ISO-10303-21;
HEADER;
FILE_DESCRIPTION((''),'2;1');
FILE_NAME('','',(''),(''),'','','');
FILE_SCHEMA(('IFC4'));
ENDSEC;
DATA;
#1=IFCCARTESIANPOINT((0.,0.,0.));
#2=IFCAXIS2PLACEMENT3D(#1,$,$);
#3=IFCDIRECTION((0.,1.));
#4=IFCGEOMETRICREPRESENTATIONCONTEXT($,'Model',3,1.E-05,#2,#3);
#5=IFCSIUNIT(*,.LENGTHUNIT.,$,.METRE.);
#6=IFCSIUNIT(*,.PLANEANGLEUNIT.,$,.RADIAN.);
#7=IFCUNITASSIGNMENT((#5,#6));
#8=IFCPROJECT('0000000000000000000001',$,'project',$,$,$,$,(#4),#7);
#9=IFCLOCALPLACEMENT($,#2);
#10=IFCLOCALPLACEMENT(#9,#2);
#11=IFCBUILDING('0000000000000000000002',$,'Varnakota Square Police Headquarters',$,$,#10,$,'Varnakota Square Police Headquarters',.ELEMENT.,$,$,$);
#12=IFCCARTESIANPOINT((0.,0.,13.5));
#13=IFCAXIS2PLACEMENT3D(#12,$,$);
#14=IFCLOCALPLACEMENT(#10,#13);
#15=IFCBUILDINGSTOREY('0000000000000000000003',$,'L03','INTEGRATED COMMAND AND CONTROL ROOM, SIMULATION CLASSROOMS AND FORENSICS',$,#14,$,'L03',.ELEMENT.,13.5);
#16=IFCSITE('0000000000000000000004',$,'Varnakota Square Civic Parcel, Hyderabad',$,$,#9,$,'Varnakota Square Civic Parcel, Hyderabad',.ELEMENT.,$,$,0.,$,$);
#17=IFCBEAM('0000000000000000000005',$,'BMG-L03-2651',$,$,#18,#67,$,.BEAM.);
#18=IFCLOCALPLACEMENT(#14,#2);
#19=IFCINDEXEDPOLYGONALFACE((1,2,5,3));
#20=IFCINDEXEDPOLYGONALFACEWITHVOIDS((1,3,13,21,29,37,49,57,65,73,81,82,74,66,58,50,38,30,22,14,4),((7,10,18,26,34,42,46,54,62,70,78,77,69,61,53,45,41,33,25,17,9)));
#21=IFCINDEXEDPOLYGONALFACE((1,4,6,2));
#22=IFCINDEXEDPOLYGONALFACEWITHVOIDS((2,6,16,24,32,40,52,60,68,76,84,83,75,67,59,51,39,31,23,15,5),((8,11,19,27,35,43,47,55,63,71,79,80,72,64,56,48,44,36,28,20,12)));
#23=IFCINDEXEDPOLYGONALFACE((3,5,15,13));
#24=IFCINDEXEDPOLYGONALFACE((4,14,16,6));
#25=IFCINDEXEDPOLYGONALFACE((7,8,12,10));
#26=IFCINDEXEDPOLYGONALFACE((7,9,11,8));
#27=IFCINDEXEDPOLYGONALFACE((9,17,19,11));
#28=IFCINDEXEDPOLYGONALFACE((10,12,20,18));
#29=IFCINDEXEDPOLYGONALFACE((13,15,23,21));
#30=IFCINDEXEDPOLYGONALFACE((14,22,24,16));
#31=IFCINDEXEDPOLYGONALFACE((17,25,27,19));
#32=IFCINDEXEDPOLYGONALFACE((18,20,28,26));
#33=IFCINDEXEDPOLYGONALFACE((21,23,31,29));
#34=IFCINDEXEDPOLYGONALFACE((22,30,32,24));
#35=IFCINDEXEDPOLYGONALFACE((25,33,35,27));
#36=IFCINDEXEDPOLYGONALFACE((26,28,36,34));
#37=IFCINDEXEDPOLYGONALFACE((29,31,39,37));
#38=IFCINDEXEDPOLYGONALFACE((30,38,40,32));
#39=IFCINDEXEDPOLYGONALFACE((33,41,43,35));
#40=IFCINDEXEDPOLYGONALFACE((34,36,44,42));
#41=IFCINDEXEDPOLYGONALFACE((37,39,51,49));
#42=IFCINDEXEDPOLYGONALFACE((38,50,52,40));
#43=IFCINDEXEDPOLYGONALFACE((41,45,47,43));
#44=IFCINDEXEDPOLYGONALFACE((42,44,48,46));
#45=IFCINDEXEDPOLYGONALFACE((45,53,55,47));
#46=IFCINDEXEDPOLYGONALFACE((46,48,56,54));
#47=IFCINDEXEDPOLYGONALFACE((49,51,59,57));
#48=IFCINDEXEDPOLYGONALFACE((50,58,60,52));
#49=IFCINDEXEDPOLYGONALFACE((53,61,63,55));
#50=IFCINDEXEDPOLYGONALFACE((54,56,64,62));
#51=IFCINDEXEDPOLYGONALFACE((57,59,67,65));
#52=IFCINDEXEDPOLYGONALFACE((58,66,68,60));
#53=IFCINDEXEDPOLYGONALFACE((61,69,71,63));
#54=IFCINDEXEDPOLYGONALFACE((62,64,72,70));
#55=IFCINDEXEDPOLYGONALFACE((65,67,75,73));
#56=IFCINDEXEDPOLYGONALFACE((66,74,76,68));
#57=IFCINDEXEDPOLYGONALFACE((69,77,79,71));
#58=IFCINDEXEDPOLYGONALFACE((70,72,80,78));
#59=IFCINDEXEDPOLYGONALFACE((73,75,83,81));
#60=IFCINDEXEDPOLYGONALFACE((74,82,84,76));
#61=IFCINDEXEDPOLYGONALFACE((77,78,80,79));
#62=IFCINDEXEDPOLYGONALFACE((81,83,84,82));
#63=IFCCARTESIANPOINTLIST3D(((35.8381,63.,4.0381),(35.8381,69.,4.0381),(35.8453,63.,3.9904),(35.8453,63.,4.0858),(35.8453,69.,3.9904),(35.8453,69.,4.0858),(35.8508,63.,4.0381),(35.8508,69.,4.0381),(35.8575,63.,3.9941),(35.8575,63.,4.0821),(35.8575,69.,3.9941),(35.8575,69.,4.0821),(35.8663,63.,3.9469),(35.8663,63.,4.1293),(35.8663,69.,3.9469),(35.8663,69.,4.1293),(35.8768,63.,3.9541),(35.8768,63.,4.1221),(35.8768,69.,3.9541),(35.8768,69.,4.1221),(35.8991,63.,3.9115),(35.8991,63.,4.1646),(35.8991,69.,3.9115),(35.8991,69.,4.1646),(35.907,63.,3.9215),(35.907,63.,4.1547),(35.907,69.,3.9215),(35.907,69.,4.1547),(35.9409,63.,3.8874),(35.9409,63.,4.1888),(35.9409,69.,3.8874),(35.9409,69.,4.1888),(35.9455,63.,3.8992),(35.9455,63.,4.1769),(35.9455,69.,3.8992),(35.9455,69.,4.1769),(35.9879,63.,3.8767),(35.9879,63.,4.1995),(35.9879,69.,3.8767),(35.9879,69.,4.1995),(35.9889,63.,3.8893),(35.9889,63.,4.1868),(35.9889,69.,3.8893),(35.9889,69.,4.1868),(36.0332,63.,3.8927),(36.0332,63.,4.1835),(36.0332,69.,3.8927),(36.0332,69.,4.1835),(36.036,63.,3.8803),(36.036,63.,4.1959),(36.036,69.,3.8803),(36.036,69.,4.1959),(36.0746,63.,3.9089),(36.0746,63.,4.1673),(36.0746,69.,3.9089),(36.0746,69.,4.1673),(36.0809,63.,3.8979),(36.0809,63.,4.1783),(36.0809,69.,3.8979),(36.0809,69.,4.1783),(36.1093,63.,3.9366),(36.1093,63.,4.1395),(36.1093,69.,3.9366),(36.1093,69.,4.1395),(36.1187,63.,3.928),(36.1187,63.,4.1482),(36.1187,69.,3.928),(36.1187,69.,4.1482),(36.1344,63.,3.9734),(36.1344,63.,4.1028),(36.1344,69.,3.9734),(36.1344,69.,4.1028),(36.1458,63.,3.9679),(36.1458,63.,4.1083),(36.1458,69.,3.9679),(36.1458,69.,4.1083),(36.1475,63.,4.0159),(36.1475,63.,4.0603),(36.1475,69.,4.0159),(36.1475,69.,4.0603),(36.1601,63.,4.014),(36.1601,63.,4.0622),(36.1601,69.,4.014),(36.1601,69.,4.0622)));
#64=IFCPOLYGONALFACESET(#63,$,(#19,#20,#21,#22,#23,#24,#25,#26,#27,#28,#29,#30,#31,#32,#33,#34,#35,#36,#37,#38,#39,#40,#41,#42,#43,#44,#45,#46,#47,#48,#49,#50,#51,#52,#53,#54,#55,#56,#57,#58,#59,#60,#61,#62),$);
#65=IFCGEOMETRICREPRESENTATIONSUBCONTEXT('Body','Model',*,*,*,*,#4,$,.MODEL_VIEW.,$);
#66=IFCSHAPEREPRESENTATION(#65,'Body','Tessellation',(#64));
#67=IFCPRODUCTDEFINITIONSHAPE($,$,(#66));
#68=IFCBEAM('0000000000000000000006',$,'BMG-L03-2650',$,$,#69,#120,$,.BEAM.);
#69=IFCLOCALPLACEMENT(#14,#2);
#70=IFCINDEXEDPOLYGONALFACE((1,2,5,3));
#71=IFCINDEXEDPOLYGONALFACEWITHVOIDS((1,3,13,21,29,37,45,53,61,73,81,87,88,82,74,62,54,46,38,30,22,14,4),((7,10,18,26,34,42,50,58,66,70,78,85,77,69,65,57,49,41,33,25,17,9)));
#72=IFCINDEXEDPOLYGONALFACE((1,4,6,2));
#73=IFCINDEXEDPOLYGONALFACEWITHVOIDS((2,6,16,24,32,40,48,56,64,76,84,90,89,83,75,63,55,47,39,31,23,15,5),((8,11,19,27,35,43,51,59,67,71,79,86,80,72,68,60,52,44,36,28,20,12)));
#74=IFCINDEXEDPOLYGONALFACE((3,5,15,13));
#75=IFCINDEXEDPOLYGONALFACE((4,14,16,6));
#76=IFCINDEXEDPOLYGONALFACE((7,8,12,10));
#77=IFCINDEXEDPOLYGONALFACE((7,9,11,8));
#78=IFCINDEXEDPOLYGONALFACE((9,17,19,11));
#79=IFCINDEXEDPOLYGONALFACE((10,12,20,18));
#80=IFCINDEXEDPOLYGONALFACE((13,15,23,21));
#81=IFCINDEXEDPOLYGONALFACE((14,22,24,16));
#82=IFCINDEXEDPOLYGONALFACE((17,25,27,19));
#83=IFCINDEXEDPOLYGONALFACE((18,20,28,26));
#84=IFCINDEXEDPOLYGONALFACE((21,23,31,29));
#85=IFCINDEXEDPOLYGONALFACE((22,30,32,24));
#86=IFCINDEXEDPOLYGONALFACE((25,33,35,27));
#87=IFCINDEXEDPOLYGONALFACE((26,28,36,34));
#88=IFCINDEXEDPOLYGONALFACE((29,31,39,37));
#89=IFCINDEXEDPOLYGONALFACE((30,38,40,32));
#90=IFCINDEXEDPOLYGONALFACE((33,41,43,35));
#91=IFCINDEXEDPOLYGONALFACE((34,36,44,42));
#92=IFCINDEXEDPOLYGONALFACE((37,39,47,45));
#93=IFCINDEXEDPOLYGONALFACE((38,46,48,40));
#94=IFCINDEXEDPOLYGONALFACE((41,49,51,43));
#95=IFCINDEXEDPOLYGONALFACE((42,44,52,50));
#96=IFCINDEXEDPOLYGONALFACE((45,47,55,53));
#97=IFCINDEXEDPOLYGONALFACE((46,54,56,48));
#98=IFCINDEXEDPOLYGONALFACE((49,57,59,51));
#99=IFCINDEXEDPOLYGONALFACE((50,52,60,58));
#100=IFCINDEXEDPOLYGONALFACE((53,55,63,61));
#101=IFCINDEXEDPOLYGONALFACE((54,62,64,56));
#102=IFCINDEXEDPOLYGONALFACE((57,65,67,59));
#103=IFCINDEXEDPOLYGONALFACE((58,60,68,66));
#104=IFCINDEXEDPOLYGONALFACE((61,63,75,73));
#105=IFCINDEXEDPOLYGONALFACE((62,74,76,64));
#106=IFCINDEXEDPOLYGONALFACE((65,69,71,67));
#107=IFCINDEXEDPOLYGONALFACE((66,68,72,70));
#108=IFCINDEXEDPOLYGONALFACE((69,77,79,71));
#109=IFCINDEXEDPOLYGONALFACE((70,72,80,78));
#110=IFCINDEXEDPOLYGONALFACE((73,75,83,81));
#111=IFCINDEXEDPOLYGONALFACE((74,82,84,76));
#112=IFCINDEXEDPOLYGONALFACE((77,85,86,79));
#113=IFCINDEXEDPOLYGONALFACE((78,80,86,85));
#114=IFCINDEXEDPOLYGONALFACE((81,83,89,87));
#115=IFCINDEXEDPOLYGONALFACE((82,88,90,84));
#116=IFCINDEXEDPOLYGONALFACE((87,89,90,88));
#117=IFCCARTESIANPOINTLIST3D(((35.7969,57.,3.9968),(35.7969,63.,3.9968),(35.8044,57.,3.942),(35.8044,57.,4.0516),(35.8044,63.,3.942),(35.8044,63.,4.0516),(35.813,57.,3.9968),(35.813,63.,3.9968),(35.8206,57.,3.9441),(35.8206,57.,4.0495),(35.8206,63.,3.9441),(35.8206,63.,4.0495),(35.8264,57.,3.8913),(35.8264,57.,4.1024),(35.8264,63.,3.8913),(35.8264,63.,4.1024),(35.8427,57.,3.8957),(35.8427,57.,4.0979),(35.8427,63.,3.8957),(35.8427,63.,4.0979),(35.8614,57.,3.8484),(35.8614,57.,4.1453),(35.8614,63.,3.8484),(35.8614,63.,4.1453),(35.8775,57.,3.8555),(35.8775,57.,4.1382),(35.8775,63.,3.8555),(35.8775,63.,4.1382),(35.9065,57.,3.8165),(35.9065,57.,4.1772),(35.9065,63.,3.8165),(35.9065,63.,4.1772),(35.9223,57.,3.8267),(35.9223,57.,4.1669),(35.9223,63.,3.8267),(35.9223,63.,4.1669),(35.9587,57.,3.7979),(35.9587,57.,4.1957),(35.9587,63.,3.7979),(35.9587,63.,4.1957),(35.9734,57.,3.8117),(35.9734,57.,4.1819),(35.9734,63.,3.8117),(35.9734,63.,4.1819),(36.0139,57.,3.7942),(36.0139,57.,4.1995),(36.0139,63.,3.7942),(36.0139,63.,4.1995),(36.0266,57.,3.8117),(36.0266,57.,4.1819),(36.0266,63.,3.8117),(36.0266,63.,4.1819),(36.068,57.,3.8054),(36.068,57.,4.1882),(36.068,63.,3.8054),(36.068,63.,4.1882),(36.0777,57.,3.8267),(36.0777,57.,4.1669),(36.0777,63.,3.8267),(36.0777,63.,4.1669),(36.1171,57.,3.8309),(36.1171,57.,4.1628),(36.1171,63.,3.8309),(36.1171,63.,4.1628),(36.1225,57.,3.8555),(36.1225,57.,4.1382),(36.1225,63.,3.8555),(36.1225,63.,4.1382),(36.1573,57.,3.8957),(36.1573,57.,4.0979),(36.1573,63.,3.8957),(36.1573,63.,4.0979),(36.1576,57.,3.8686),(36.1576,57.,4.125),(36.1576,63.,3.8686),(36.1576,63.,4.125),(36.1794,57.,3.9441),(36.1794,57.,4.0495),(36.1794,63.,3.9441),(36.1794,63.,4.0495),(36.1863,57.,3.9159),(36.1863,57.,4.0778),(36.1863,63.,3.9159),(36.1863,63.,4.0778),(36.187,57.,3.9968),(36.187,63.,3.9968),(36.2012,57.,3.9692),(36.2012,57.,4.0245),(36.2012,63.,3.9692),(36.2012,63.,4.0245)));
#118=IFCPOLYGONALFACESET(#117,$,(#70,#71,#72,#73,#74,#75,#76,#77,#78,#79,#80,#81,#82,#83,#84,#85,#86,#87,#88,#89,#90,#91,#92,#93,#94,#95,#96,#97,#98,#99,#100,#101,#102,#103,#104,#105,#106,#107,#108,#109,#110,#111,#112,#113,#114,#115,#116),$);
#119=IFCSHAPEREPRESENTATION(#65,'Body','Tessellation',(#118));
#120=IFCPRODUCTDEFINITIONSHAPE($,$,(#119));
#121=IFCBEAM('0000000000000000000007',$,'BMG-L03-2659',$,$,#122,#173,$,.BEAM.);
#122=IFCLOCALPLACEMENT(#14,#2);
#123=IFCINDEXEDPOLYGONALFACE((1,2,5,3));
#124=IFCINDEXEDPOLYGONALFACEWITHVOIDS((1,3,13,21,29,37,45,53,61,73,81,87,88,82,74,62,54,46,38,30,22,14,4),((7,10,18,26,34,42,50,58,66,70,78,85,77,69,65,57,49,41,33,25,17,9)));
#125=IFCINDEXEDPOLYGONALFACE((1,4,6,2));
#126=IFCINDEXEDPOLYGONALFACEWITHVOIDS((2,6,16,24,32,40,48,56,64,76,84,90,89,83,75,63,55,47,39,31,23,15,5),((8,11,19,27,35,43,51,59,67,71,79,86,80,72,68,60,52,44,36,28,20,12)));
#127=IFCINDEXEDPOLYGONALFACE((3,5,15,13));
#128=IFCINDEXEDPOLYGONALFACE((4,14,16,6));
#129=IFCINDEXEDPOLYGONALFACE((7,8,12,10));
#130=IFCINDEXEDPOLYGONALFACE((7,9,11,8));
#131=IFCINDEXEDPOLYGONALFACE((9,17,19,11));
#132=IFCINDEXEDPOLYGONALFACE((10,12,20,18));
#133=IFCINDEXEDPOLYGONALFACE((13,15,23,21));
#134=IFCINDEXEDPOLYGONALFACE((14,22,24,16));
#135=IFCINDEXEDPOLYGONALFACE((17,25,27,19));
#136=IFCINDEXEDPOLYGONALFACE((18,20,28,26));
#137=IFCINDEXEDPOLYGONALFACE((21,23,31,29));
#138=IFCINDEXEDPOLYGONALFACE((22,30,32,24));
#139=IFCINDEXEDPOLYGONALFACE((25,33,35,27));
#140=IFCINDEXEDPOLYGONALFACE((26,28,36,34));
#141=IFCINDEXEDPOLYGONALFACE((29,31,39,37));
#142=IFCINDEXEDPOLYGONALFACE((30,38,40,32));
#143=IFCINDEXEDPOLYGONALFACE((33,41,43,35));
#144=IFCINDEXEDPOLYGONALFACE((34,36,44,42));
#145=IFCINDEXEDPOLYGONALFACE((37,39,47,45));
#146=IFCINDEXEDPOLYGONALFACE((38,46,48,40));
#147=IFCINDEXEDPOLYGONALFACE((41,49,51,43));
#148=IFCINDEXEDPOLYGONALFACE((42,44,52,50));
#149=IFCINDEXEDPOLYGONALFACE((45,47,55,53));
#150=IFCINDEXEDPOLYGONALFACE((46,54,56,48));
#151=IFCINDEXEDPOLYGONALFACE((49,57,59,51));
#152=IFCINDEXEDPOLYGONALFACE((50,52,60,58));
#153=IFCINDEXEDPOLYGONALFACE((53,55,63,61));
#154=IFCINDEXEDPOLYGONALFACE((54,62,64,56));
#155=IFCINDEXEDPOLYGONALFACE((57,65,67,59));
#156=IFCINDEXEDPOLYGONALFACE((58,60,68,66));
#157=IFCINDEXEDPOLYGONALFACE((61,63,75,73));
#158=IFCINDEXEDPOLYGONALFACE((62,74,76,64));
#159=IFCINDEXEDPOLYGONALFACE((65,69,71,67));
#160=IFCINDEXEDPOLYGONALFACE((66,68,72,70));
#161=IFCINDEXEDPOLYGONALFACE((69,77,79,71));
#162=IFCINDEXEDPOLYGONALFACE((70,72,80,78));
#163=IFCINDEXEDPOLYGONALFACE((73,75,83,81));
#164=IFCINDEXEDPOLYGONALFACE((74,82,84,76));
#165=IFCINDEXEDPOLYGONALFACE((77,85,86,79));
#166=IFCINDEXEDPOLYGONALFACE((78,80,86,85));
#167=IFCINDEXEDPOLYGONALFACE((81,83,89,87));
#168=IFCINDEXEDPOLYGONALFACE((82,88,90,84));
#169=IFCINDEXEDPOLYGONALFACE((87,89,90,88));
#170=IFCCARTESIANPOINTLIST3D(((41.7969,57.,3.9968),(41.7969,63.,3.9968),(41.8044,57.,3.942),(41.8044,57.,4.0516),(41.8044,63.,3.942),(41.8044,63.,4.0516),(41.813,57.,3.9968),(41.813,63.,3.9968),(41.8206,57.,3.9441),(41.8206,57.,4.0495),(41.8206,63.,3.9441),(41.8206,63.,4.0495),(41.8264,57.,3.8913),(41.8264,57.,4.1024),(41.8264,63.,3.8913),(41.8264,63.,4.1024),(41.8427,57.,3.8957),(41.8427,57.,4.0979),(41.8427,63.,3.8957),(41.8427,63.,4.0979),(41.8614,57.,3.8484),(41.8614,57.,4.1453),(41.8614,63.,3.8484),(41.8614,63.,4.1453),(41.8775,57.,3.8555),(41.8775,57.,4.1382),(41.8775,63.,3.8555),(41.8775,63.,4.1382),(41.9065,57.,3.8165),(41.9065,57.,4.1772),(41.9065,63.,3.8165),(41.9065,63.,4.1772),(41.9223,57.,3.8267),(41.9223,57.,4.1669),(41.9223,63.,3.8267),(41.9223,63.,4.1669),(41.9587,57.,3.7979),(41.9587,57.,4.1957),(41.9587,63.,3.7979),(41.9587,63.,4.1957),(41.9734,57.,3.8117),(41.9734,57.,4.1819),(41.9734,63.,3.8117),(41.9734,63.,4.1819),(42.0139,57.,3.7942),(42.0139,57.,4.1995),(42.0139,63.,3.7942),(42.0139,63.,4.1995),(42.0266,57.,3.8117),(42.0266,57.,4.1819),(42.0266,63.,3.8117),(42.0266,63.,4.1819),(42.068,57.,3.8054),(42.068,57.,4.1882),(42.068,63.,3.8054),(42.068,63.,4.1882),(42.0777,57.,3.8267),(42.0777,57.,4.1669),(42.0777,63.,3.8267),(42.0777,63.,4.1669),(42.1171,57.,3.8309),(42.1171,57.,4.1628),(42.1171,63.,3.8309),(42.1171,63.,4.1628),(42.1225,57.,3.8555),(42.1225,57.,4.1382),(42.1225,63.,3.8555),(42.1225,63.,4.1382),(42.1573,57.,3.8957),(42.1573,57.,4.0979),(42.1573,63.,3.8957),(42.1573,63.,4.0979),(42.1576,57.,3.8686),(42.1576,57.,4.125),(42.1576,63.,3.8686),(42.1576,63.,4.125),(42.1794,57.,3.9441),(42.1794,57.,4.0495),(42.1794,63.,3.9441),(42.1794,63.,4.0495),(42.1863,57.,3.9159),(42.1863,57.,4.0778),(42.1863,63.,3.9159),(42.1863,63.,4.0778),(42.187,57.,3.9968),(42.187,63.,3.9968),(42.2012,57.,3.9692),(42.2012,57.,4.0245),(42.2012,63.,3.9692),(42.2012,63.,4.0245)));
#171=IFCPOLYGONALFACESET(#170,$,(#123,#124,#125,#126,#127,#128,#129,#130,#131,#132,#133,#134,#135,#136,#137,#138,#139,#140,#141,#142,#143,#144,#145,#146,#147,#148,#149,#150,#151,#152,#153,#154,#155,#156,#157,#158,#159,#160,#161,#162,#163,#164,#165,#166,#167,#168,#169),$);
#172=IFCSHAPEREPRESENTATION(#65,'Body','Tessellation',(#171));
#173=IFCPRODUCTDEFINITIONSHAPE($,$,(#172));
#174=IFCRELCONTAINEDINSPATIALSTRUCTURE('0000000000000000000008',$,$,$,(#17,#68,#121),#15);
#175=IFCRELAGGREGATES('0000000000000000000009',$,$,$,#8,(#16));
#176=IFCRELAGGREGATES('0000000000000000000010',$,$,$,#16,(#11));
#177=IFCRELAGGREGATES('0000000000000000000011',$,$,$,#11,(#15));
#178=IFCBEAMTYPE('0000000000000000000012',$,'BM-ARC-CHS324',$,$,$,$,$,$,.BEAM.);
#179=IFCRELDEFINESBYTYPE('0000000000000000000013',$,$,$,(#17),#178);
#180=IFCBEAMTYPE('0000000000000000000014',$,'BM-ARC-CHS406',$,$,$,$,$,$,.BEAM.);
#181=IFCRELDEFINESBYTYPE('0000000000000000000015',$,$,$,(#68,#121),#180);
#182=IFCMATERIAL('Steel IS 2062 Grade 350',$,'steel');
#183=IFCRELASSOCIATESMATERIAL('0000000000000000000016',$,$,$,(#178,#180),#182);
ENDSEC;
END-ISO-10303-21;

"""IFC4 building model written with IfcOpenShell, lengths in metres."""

from ifc_helpers import new_model, si_unit, direction, frame, origin, origin_2d, place, context, subcontext, project, spatial, hollow_circle, extrude, material, material_profile, profile_set, type_object, element, save


model = new_model("IFC4")

# Units and contexts
model_context = context("Model", 3, precision=1e-05, world=origin(), true_north=direction((0.0, 1.0)))
body_context = subcontext(model_context, "Body", "Model", "MODEL_VIEW")
ifc_project = project(units=[si_unit("LENGTHUNIT", "METRE"), si_unit("PLANEANGLEUNIT", "RADIAN")], contexts=[model_context])

# Site, building, storey
site_placement = place(None, origin())
site = spatial("IfcSite", under=ifc_project, at=site_placement, Name="Varnakota Square Civic Parcel, Hyderabad", LongName="Varnakota Square Civic Parcel, Hyderabad", CompositionType="ELEMENT", RefElevation=0.0)
building_placement = place(site_placement, origin())
building = spatial("IfcBuilding", under=site, at=building_placement, Name="Varnakota Square Police Headquarters", LongName="Varnakota Square Police Headquarters", CompositionType="ELEMENT")
storey_placement = place(building_placement, frame((0.0, 0.0, 13.5)))
storey = spatial("IfcBuildingStorey", under=building, at=storey_placement, Name="L03", Description="INTEGRATED COMMAND AND CONTROL ROOM, SIMULATION CLASSROOMS AND FORENSICS", LongName="L03", CompositionType="ELEMENT", Elevation=13.5)

# Shared definitions
ifc_material_1 = material(Name="Steel IS 2062 Grade 350", Category="steel")

# Beams
ifc_material_profile_1 = material_profile(ifc_material_1, hollow_circle(Radius=0.1619, WallThickness=0.0127, at=origin_2d()), Name="CHS 323.9x12.7")
ifc_profile_set_1 = profile_set([ifc_material_profile_1], Name="Steel IS 2062 Grade 350")
beam_type_1 = type_object("IfcBeamType", Name="BM-ARC-CHS324", PredefinedType="BEAM", material=ifc_profile_set_1)
beam_1_placement = place(storey_placement, frame((36.0, 63.0, 4.0381), z_axis=(0.0, 1.0, 0.0), x_axis=(-1.0, 0.0, 0.0)))
element("IfcBeam", 1, at=beam_1_placement, inside=storey, type_object=beam_type_1, Name="BMG-L03-2651", PredefinedType="BEAM", context=body_context, shape_type="SweptSolid", body=[
    extrude(hollow_circle(Radius=0.1619, WallThickness=0.0127, at=origin_2d()), origin(), (0.0, 0.0, 1.0), 6.0),
])
ifc_material_profile_2 = material_profile(ifc_material_1, hollow_circle(Radius=0.2031, WallThickness=0.0161, at=origin_2d()), Name="CHS 406.4x16.0")
ifc_profile_set_2 = profile_set([ifc_material_profile_2], Name="Steel IS 2062 Grade 350")
beam_type_2 = type_object("IfcBeamType", Name="BM-ARC-CHS406", PredefinedType="BEAM", material=ifc_profile_set_2)
for number, where, z_axis, x_axis, name in (
    (2, (36.0, 57.0, 3.9968), (0.0, 1.0, 0.0), (-1.0, 0.0, 0.0), "BMG-L03-2650"),
    (3, (42.0, 57.0, 3.9968), (0.0, 1.0, 0.0), (-1.0, 0.0, 0.0), "BMG-L03-2659"),
):
    element("IfcBeam", number, at=place(storey_placement, frame(where, z_axis=z_axis, x_axis=x_axis)), inside=storey, type_object=beam_type_2, Name=name, PredefinedType="BEAM", context=body_context, shape_type="SweptSolid", body=[
        extrude(hollow_circle(Radius=0.2031, WallThickness=0.0161, at=origin_2d()), origin(), (0.0, 0.0, 1.0), 6.0),
    ])

save(model, "model.ifc")
